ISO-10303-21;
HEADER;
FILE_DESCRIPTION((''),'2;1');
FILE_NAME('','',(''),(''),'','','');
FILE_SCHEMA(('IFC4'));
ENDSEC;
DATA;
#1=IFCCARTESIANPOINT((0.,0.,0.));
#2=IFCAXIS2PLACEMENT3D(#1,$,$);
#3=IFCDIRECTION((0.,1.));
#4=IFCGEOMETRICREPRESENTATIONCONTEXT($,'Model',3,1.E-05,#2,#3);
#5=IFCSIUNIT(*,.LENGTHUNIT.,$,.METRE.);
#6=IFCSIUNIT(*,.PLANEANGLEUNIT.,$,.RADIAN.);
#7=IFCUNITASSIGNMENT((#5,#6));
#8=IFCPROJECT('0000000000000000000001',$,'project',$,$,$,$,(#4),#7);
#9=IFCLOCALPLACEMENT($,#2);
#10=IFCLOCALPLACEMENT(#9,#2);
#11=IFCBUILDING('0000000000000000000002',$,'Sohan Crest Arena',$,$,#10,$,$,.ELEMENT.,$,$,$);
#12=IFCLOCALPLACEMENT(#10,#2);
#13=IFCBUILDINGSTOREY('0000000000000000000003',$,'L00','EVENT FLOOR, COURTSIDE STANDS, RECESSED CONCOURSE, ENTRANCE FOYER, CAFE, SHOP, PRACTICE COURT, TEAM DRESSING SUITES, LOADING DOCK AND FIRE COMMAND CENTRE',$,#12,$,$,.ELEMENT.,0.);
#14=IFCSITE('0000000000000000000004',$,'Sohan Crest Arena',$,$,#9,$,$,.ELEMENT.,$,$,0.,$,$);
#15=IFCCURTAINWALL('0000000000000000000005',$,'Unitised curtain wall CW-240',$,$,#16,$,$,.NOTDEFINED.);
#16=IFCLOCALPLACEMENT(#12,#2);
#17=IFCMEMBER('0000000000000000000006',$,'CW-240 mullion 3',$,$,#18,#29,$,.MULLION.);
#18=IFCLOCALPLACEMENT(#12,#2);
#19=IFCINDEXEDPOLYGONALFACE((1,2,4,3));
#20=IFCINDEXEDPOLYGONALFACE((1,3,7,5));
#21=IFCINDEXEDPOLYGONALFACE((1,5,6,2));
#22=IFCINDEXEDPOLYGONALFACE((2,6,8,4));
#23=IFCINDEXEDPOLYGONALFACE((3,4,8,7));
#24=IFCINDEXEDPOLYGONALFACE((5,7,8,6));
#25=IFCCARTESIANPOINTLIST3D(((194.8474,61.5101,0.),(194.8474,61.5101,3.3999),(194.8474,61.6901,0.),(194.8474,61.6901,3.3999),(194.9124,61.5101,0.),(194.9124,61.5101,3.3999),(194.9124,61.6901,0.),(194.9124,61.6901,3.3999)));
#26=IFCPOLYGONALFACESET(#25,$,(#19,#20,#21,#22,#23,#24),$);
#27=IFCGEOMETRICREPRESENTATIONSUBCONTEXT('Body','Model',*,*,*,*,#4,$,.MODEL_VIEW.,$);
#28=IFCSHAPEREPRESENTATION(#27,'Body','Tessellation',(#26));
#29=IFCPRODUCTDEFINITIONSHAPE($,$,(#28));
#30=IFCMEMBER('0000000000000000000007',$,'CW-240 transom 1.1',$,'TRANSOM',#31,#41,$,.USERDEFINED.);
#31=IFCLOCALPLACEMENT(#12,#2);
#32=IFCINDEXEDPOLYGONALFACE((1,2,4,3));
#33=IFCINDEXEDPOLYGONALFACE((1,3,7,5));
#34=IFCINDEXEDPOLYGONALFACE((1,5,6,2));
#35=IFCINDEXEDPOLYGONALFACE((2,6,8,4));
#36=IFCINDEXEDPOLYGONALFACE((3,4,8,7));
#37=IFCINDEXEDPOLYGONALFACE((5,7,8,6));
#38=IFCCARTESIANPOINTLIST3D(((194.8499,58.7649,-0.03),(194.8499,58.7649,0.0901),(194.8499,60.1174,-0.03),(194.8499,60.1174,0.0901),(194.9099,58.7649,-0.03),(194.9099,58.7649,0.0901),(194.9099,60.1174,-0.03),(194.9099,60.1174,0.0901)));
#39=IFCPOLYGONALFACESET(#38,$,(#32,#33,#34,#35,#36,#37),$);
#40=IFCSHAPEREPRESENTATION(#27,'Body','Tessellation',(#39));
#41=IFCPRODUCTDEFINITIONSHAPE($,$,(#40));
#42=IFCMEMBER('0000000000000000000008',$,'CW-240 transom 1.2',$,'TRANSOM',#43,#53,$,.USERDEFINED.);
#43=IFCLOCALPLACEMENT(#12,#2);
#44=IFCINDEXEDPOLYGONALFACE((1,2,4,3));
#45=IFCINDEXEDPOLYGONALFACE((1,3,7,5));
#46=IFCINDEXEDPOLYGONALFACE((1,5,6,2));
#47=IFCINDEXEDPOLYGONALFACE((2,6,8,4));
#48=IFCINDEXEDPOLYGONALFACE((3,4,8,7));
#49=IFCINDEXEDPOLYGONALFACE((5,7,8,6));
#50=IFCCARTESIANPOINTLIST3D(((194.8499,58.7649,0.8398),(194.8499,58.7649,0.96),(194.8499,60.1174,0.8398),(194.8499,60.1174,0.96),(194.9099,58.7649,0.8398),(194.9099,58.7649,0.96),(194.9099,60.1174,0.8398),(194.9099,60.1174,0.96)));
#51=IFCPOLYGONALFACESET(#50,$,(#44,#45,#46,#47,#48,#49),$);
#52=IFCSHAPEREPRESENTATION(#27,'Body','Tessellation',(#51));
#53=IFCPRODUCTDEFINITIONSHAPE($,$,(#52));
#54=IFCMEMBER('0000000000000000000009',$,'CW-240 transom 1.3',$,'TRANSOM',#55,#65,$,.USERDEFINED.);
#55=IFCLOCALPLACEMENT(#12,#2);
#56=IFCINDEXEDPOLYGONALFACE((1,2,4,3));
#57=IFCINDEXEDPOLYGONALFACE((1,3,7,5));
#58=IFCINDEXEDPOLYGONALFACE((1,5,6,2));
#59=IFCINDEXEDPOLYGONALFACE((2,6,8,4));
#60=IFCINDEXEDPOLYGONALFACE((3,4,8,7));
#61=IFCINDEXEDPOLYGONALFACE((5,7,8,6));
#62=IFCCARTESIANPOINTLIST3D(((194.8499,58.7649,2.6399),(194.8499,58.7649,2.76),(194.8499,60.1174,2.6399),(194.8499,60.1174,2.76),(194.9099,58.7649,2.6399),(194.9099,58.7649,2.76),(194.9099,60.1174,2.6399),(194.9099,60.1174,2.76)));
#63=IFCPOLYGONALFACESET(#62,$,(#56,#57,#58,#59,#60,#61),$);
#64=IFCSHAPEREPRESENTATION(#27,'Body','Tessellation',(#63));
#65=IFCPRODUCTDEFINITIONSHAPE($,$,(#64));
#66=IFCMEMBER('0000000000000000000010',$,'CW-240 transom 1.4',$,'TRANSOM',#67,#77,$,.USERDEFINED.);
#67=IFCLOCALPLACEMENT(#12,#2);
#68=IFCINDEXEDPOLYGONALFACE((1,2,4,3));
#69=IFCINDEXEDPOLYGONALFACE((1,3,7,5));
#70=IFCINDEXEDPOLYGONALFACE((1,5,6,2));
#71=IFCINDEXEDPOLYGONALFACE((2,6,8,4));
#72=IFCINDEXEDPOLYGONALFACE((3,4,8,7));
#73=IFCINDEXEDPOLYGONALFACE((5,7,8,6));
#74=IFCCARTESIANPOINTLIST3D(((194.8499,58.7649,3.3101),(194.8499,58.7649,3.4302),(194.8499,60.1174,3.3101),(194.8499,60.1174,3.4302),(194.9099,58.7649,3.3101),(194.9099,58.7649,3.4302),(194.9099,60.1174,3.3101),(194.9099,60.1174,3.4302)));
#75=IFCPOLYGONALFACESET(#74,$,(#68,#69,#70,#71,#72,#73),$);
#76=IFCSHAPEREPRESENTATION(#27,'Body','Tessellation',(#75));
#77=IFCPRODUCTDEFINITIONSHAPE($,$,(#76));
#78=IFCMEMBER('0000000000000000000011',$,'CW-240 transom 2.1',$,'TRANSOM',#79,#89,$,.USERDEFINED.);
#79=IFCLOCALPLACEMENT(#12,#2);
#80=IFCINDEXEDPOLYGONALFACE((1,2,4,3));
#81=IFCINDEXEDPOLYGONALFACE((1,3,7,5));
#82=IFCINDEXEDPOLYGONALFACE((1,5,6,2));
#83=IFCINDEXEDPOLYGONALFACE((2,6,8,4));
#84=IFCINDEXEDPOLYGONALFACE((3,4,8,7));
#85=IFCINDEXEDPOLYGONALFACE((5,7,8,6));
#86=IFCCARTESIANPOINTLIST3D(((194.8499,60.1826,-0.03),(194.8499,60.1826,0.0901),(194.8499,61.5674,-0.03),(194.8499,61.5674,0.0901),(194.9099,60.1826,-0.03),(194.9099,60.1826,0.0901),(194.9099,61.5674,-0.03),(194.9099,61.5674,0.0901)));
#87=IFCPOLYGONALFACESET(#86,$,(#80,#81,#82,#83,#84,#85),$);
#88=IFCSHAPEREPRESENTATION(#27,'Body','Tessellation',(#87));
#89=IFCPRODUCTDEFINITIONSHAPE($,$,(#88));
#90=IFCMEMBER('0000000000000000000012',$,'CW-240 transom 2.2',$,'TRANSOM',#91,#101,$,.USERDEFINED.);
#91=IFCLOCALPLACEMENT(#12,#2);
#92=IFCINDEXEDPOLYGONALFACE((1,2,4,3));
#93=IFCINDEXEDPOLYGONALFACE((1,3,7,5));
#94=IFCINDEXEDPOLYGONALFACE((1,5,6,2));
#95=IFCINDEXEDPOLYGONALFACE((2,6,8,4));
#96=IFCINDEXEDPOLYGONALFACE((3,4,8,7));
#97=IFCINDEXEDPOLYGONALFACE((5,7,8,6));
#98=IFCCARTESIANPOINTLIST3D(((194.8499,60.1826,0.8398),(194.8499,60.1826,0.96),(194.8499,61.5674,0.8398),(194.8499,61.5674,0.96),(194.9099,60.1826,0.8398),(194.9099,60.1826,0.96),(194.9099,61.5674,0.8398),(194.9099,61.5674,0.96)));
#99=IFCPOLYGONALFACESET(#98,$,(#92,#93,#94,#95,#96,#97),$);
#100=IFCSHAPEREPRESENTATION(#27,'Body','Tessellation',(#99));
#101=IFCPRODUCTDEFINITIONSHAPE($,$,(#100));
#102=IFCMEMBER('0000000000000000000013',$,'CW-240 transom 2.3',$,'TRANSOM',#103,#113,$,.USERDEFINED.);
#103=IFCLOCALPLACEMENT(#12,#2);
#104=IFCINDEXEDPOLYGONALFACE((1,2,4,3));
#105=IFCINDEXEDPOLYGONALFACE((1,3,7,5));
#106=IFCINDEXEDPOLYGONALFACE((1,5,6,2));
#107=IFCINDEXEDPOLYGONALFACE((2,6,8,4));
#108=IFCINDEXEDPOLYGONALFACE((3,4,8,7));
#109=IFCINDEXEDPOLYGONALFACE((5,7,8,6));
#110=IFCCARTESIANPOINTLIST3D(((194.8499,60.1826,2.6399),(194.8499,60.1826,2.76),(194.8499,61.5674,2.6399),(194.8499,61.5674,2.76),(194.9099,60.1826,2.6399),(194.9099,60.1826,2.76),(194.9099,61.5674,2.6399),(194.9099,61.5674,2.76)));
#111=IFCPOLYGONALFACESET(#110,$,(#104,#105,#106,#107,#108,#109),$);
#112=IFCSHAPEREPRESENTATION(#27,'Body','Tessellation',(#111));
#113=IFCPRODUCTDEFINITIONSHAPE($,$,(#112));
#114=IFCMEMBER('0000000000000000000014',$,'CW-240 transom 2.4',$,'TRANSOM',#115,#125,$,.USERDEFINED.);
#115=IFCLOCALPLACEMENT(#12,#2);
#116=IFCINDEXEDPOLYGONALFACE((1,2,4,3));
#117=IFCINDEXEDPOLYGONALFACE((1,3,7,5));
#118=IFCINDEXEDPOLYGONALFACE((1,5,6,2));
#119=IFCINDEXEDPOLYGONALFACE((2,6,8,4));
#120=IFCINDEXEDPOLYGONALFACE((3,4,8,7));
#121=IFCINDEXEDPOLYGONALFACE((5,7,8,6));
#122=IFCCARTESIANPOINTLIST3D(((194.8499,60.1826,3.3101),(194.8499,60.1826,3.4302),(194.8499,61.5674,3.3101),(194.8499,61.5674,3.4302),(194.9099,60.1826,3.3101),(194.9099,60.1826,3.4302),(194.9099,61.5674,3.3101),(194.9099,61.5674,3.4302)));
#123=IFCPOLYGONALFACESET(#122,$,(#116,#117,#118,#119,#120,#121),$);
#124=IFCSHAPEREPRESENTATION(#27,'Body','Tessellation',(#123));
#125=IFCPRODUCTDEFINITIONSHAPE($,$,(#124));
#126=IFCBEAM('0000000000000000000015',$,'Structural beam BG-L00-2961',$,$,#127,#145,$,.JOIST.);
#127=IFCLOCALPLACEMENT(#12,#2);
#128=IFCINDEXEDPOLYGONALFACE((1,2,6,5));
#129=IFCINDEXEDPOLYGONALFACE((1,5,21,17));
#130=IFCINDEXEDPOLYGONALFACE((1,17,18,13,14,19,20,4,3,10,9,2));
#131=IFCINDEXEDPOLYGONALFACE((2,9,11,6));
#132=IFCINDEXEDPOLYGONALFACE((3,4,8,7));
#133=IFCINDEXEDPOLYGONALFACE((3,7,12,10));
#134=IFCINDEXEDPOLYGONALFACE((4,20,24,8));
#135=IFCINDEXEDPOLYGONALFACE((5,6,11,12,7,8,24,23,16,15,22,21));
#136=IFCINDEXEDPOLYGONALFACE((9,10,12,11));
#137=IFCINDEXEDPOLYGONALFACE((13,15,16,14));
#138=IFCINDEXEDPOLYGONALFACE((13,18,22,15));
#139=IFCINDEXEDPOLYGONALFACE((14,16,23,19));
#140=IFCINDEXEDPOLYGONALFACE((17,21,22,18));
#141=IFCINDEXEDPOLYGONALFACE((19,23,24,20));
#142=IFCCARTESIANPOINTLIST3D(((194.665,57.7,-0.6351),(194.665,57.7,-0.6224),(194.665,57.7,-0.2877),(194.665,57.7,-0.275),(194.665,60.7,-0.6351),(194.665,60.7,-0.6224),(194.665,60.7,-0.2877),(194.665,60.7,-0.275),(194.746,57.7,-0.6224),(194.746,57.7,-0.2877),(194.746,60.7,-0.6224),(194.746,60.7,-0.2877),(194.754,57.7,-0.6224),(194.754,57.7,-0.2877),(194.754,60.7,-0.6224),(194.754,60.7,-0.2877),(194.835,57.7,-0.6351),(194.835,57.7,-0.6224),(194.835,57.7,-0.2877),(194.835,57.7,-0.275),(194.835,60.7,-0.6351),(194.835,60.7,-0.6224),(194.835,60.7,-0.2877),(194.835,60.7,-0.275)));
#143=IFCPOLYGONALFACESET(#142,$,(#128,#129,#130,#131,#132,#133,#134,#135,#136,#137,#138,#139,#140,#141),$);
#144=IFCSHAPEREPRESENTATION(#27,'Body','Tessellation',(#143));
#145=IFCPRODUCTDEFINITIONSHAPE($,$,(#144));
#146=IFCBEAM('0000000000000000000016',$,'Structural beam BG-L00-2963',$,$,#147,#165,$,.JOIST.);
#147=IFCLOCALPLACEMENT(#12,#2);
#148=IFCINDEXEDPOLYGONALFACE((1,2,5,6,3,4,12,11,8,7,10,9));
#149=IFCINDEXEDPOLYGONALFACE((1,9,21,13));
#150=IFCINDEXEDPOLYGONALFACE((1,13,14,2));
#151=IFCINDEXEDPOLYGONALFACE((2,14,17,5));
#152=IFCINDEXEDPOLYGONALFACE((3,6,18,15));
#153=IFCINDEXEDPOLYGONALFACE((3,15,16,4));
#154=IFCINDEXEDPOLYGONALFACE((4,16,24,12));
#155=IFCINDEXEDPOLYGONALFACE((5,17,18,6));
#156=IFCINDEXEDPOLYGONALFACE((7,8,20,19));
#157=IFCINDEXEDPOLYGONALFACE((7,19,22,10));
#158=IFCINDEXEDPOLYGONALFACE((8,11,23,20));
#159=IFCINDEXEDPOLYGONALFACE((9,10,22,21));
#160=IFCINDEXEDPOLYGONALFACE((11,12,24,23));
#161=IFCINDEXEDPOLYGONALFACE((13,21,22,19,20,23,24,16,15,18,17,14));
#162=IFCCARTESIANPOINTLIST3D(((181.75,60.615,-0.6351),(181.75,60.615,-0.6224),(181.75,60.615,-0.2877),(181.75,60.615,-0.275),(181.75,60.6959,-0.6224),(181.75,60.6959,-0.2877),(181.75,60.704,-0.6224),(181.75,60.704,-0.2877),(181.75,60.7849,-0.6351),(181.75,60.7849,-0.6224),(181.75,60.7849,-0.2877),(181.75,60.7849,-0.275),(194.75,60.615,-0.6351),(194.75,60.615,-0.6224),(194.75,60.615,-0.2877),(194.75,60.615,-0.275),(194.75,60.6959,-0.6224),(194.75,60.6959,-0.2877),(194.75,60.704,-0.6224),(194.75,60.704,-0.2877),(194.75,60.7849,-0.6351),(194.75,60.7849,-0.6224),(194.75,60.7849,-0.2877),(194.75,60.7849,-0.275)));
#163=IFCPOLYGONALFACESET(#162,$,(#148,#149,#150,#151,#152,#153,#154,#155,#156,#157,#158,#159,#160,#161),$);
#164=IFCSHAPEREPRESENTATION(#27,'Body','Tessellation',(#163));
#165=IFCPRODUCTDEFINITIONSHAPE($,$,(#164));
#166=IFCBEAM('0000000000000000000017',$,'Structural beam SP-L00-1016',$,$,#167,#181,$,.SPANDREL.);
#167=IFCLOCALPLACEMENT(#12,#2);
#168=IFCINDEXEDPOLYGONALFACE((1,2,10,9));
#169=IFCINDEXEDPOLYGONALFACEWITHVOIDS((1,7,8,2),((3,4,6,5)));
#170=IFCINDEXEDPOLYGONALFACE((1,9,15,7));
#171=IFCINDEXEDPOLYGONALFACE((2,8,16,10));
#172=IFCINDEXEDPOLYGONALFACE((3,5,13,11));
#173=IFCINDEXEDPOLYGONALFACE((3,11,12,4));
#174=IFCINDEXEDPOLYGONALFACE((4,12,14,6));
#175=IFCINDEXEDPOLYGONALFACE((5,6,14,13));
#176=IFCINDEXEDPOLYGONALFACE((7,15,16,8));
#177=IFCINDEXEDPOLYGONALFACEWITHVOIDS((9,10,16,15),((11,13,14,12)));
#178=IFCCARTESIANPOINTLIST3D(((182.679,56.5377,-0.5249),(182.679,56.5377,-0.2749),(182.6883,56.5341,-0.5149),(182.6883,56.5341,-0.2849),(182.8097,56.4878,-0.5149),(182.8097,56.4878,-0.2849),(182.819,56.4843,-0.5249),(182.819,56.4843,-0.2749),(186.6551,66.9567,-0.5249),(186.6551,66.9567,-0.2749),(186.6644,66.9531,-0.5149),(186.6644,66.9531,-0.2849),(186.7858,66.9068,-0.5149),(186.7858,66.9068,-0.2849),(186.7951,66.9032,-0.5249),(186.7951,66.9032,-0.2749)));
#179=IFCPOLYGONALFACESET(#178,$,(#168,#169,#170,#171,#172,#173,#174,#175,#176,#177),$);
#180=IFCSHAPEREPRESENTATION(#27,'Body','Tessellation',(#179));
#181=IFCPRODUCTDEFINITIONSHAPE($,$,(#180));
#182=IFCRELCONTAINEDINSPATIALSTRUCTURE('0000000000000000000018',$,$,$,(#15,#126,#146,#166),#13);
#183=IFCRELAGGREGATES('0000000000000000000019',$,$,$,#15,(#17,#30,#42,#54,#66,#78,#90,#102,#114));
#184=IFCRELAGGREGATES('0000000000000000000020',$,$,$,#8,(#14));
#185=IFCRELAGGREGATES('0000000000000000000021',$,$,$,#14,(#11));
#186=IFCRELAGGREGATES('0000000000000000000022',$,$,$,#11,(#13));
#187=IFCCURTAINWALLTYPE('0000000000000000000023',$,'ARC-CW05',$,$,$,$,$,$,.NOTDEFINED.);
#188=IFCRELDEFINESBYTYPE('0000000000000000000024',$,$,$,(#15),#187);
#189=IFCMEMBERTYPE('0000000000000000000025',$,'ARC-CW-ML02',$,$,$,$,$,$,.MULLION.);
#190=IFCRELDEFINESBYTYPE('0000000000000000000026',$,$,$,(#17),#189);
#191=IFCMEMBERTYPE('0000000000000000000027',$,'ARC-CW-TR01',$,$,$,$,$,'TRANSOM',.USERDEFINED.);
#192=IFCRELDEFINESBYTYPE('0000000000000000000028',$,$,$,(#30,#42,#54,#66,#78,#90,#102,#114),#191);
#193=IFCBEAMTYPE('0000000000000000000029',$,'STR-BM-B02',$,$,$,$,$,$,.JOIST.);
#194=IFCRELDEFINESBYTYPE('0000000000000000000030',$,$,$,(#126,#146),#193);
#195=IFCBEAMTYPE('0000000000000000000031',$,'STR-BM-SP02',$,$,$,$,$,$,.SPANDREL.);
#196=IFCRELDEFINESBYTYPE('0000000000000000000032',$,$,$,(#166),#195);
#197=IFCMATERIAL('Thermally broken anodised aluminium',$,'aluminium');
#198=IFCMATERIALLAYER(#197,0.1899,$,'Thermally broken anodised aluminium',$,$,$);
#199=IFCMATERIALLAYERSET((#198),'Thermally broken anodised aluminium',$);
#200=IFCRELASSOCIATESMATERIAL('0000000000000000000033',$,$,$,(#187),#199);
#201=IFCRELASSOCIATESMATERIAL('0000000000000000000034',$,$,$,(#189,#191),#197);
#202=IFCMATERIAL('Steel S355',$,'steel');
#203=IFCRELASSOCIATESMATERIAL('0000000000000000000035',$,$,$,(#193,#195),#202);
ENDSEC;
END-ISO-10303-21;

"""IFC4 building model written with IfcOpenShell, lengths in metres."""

from ifc_helpers import new_model, si_unit, direction, frame, origin, origin_2d, place, context, subcontext, project, spatial, rectangle, hollow_rectangle, i_section, extrude, material, layer, layer_set, material_profile, profile_set, type_object, element, aggregate, save


model = new_model("IFC4")

# Units and contexts
model_context = context("Model", 3, precision=1e-05, world=origin(), true_north=direction((0.0, 1.0)))
body_context = subcontext(model_context, "Body", "Model", "MODEL_VIEW")
ifc_project = project(units=[si_unit("LENGTHUNIT", "METRE"), si_unit("PLANEANGLEUNIT", "RADIAN")], contexts=[model_context])

# Site, building, storey
site_placement = place(None, origin())
site = spatial("IfcSite", under=ifc_project, at=site_placement, Name="Sohan Crest Arena", CompositionType="ELEMENT", RefElevation=0.0)
building_placement = place(site_placement, origin())
building = spatial("IfcBuilding", under=site, at=building_placement, Name="Sohan Crest Arena", CompositionType="ELEMENT")
storey_placement = place(building_placement, origin())
storey = spatial("IfcBuildingStorey", under=building, at=storey_placement, Name="L00", Description="EVENT FLOOR, COURTSIDE STANDS, RECESSED CONCOURSE, ENTRANCE FOYER, CAFE, SHOP, PRACTICE COURT, TEAM DRESSING SUITES, LOADING DOCK AND FIRE COMMAND CENTRE", CompositionType="ELEMENT", Elevation=0.0)

# Shared definitions
ifc_material_1 = material(Name="Steel S355", Category="steel")

# Curtain wall, members
ifc_material_2 = material(Name="Thermally broken anodised aluminium", Category="aluminium")
ifc_layer_1 = layer(ifc_material_2, 0.1899, Name="Thermally broken anodised aluminium")
ifc_layer_set_1 = layer_set([ifc_layer_1], Name="Thermally broken anodised aluminium")
curtain_wall_type = type_object("IfcCurtainWallType", Name="ARC-CW05", PredefinedType="NOTDEFINED", material=ifc_layer_set_1)
curtain_wall_placement = place(storey_placement, origin())
curtain_wall = element("IfcCurtainWall", 1, at=curtain_wall_placement, inside=storey, type_object=curtain_wall_type, Name="Unitised curtain wall CW-240", PredefinedType="NOTDEFINED")
ifc_material_profile_1 = material_profile(ifc_material_2, rectangle(XDim=0.0649, YDim=0.1799, at=origin_2d()), Name="ALU-MULL 65x180")
ifc_profile_set_1 = profile_set([ifc_material_profile_1], Name="Thermally broken anodised aluminium")
member_type_1 = type_object("IfcMemberType", Name="ARC-CW-ML02", PredefinedType="MULLION", material=ifc_profile_set_1)
member_1_placement = place(storey_placement, frame((194.8799, 61.6001, 0.0), z_axis=(0.0, 0.0, 1.0), x_axis=(-1.0, 0.0, 0.0)))
member_1 = element("IfcMember", 2, at=member_1_placement, type_object=member_type_1, Name="CW-240 mullion 3", PredefinedType="MULLION", context=body_context, shape_type="SweptSolid", body=[
    extrude(rectangle(XDim=0.0649, YDim=0.1799, at=origin_2d()), origin(), (0.0, 0.0, 1.0), 3.3999),
])
ifc_material_profile_2 = material_profile(ifc_material_2, rectangle(XDim=0.0601, YDim=0.1201, at=origin_2d()), Name="ALU-TRAN 60x120")
ifc_profile_set_2 = profile_set([ifc_material_profile_2], Name="Thermally broken anodised aluminium")
member_type_2 = type_object("IfcMemberType", Name="ARC-CW-TR01", ElementType="TRANSOM", PredefinedType="USERDEFINED", material=ifc_profile_set_2)
member_2_placement = place(storey_placement, frame((194.8799, 58.7649, 0.03), z_axis=(0.0, 1.0, 0.0), x_axis=(-1.0, 0.0, 0.0)))
member_2 = element("IfcMember", 3, at=member_2_placement, type_object=member_type_2, Name="CW-240 transom 1.1", ObjectType="TRANSOM", PredefinedType="USERDEFINED", context=body_context, shape_type="SweptSolid", body=[
    extrude(rectangle(XDim=0.0601, YDim=0.1201, at=origin_2d()), origin(), (0.0, 0.0, 1.0), 1.3525),
])
member_3_placement = place(storey_placement, frame((194.8799, 58.7649, 0.8999), z_axis=(0.0, 1.0, 0.0), x_axis=(-1.0, 0.0, 0.0)))
member_3 = element("IfcMember", 4, at=member_3_placement, type_object=member_type_2, Name="CW-240 transom 1.2", ObjectType="TRANSOM", PredefinedType="USERDEFINED", context=body_context, shape_type="SweptSolid", body=[
    extrude(rectangle(XDim=0.0601, YDim=0.1201, at=origin_2d()), origin(), (0.0, 0.0, 1.0), 1.3525),
])
member_4_placement = place(storey_placement, frame((194.8799, 58.7649, 2.7), z_axis=(0.0, 1.0, 0.0), x_axis=(-1.0, 0.0, 0.0)))
member_4 = element("IfcMember", 5, at=member_4_placement, type_object=member_type_2, Name="CW-240 transom 1.3", ObjectType="TRANSOM", PredefinedType="USERDEFINED", context=body_context, shape_type="SweptSolid", body=[
    extrude(rectangle(XDim=0.0601, YDim=0.1201, at=origin_2d()), origin(), (0.0, 0.0, 1.0), 1.3525),
])
member_5_placement = place(storey_placement, frame((194.8799, 58.7649, 3.3701), z_axis=(0.0, 1.0, 0.0), x_axis=(-1.0, 0.0, 0.0)))
member_5 = element("IfcMember", 6, at=member_5_placement, type_object=member_type_2, Name="CW-240 transom 1.4", ObjectType="TRANSOM", PredefinedType="USERDEFINED", context=body_context, shape_type="SweptSolid", body=[
    extrude(rectangle(XDim=0.0601, YDim=0.1201, at=origin_2d()), origin(), (0.0, 0.0, 1.0), 1.3525),
])
member_6_placement = place(storey_placement, frame((194.8799, 60.1826, 0.03), z_axis=(0.0, 1.0, 0.0), x_axis=(-1.0, 0.0, 0.0)))
member_6 = element("IfcMember", 7, at=member_6_placement, type_object=member_type_2, Name="CW-240 transom 2.1", ObjectType="TRANSOM", PredefinedType="USERDEFINED", context=body_context, shape_type="SweptSolid", body=[
    extrude(rectangle(XDim=0.0601, YDim=0.1201, at=origin_2d()), origin(), (0.0, 0.0, 1.0), 1.3848),
])
member_7_placement = place(storey_placement, frame((194.8799, 60.1826, 0.8999), z_axis=(0.0, 1.0, 0.0), x_axis=(-1.0, 0.0, 0.0)))
member_7 = element("IfcMember", 8, at=member_7_placement, type_object=member_type_2, Name="CW-240 transom 2.2", ObjectType="TRANSOM", PredefinedType="USERDEFINED", context=body_context, shape_type="SweptSolid", body=[
    extrude(rectangle(XDim=0.0601, YDim=0.1201, at=origin_2d()), origin(), (0.0, 0.0, 1.0), 1.3848),
])
member_8_placement = place(storey_placement, frame((194.8799, 60.1826, 2.7), z_axis=(0.0, 1.0, 0.0), x_axis=(-1.0, 0.0, 0.0)))
member_8 = element("IfcMember", 9, at=member_8_placement, type_object=member_type_2, Name="CW-240 transom 2.3", ObjectType="TRANSOM", PredefinedType="USERDEFINED", context=body_context, shape_type="SweptSolid", body=[
    extrude(rectangle(XDim=0.0601, YDim=0.1201, at=origin_2d()), origin(), (0.0, 0.0, 1.0), 1.3848),
])
member_9_placement = place(storey_placement, frame((194.8799, 60.1826, 3.3701), z_axis=(0.0, 1.0, 0.0), x_axis=(-1.0, 0.0, 0.0)))
member_9 = element("IfcMember", 10, at=member_9_placement, type_object=member_type_2, Name="CW-240 transom 2.4", ObjectType="TRANSOM", PredefinedType="USERDEFINED", context=body_context, shape_type="SweptSolid", body=[
    extrude(rectangle(XDim=0.0601, YDim=0.1201, at=origin_2d()), origin(), (0.0, 0.0, 1.0), 1.3848),
])

# Beams
ifc_material_profile_3 = material_profile(ifc_material_1, i_section(OverallWidth=0.1699, OverallDepth=0.3601, WebThickness=0.0081, FlangeThickness=0.0127, at=origin_2d()), Name="IPE 360")
ifc_profile_set_3 = profile_set([ifc_material_profile_3], Name="Steel S355")
beam_type_1 = type_object("IfcBeamType", Name="STR-BM-B02", PredefinedType="JOIST", material=ifc_profile_set_3)
beam_1_placement = place(storey_placement, frame((194.75, 57.7, -0.4551), z_axis=(0.0, 1.0, 0.0), x_axis=(-1.0, 0.0, 0.0)))
element("IfcBeam", 11, at=beam_1_placement, inside=storey, type_object=beam_type_1, Name="Structural beam BG-L00-2961", PredefinedType="JOIST", context=body_context, shape_type="SweptSolid", body=[
    extrude(i_section(OverallWidth=0.1699, OverallDepth=0.3601, WebThickness=0.0081, FlangeThickness=0.0127, at=origin_2d()), origin(), (0.0, 0.0, 1.0), 3.0),
])
beam_2_placement = place(storey_placement, frame((181.75, 60.7, -0.4551), z_axis=(1.0, 0.0, 0.0), x_axis=(0.0, 1.0, 0.0)))
element("IfcBeam", 12, at=beam_2_placement, inside=storey, type_object=beam_type_1, Name="Structural beam BG-L00-2963", PredefinedType="JOIST", context=body_context, shape_type="SweptSolid", body=[
    extrude(i_section(OverallWidth=0.1699, OverallDepth=0.3601, WebThickness=0.0081, FlangeThickness=0.0127, at=origin_2d()), origin(), (0.0, 0.0, 1.0), 13.0),
])
ifc_material_profile_4 = material_profile(ifc_material_1, hollow_rectangle(XDim=0.1499, YDim=0.25, WallThickness=0.01, at=origin_2d()), Name="RHS 250x150x10")
ifc_profile_set_4 = profile_set([ifc_material_profile_4], Name="Steel S355")
beam_type_2 = type_object("IfcBeamType", Name="STR-BM-SP02", PredefinedType="SPANDREL", material=ifc_profile_set_4)
beam_3_placement = place(storey_placement, frame((182.749, 56.511, -0.3999), z_axis=(0.35654, 0.93428, 0.0), x_axis=(-0.93428, 0.35654, 0.0)))
element("IfcBeam", 13, at=beam_3_placement, inside=storey, type_object=beam_type_2, Name="Structural beam SP-L00-1016", PredefinedType="SPANDREL", context=body_context, shape_type="SweptSolid", body=[
    extrude(hollow_rectangle(XDim=0.1499, YDim=0.25, WallThickness=0.01, at=origin_2d()), origin(), (0.0, 0.0, 1.0), 11.1519),
])

aggregate(curtain_wall, [member_1, member_2, member_3, member_4, member_5, member_6, member_7, member_8, member_9])

save(model, "model.ifc")
